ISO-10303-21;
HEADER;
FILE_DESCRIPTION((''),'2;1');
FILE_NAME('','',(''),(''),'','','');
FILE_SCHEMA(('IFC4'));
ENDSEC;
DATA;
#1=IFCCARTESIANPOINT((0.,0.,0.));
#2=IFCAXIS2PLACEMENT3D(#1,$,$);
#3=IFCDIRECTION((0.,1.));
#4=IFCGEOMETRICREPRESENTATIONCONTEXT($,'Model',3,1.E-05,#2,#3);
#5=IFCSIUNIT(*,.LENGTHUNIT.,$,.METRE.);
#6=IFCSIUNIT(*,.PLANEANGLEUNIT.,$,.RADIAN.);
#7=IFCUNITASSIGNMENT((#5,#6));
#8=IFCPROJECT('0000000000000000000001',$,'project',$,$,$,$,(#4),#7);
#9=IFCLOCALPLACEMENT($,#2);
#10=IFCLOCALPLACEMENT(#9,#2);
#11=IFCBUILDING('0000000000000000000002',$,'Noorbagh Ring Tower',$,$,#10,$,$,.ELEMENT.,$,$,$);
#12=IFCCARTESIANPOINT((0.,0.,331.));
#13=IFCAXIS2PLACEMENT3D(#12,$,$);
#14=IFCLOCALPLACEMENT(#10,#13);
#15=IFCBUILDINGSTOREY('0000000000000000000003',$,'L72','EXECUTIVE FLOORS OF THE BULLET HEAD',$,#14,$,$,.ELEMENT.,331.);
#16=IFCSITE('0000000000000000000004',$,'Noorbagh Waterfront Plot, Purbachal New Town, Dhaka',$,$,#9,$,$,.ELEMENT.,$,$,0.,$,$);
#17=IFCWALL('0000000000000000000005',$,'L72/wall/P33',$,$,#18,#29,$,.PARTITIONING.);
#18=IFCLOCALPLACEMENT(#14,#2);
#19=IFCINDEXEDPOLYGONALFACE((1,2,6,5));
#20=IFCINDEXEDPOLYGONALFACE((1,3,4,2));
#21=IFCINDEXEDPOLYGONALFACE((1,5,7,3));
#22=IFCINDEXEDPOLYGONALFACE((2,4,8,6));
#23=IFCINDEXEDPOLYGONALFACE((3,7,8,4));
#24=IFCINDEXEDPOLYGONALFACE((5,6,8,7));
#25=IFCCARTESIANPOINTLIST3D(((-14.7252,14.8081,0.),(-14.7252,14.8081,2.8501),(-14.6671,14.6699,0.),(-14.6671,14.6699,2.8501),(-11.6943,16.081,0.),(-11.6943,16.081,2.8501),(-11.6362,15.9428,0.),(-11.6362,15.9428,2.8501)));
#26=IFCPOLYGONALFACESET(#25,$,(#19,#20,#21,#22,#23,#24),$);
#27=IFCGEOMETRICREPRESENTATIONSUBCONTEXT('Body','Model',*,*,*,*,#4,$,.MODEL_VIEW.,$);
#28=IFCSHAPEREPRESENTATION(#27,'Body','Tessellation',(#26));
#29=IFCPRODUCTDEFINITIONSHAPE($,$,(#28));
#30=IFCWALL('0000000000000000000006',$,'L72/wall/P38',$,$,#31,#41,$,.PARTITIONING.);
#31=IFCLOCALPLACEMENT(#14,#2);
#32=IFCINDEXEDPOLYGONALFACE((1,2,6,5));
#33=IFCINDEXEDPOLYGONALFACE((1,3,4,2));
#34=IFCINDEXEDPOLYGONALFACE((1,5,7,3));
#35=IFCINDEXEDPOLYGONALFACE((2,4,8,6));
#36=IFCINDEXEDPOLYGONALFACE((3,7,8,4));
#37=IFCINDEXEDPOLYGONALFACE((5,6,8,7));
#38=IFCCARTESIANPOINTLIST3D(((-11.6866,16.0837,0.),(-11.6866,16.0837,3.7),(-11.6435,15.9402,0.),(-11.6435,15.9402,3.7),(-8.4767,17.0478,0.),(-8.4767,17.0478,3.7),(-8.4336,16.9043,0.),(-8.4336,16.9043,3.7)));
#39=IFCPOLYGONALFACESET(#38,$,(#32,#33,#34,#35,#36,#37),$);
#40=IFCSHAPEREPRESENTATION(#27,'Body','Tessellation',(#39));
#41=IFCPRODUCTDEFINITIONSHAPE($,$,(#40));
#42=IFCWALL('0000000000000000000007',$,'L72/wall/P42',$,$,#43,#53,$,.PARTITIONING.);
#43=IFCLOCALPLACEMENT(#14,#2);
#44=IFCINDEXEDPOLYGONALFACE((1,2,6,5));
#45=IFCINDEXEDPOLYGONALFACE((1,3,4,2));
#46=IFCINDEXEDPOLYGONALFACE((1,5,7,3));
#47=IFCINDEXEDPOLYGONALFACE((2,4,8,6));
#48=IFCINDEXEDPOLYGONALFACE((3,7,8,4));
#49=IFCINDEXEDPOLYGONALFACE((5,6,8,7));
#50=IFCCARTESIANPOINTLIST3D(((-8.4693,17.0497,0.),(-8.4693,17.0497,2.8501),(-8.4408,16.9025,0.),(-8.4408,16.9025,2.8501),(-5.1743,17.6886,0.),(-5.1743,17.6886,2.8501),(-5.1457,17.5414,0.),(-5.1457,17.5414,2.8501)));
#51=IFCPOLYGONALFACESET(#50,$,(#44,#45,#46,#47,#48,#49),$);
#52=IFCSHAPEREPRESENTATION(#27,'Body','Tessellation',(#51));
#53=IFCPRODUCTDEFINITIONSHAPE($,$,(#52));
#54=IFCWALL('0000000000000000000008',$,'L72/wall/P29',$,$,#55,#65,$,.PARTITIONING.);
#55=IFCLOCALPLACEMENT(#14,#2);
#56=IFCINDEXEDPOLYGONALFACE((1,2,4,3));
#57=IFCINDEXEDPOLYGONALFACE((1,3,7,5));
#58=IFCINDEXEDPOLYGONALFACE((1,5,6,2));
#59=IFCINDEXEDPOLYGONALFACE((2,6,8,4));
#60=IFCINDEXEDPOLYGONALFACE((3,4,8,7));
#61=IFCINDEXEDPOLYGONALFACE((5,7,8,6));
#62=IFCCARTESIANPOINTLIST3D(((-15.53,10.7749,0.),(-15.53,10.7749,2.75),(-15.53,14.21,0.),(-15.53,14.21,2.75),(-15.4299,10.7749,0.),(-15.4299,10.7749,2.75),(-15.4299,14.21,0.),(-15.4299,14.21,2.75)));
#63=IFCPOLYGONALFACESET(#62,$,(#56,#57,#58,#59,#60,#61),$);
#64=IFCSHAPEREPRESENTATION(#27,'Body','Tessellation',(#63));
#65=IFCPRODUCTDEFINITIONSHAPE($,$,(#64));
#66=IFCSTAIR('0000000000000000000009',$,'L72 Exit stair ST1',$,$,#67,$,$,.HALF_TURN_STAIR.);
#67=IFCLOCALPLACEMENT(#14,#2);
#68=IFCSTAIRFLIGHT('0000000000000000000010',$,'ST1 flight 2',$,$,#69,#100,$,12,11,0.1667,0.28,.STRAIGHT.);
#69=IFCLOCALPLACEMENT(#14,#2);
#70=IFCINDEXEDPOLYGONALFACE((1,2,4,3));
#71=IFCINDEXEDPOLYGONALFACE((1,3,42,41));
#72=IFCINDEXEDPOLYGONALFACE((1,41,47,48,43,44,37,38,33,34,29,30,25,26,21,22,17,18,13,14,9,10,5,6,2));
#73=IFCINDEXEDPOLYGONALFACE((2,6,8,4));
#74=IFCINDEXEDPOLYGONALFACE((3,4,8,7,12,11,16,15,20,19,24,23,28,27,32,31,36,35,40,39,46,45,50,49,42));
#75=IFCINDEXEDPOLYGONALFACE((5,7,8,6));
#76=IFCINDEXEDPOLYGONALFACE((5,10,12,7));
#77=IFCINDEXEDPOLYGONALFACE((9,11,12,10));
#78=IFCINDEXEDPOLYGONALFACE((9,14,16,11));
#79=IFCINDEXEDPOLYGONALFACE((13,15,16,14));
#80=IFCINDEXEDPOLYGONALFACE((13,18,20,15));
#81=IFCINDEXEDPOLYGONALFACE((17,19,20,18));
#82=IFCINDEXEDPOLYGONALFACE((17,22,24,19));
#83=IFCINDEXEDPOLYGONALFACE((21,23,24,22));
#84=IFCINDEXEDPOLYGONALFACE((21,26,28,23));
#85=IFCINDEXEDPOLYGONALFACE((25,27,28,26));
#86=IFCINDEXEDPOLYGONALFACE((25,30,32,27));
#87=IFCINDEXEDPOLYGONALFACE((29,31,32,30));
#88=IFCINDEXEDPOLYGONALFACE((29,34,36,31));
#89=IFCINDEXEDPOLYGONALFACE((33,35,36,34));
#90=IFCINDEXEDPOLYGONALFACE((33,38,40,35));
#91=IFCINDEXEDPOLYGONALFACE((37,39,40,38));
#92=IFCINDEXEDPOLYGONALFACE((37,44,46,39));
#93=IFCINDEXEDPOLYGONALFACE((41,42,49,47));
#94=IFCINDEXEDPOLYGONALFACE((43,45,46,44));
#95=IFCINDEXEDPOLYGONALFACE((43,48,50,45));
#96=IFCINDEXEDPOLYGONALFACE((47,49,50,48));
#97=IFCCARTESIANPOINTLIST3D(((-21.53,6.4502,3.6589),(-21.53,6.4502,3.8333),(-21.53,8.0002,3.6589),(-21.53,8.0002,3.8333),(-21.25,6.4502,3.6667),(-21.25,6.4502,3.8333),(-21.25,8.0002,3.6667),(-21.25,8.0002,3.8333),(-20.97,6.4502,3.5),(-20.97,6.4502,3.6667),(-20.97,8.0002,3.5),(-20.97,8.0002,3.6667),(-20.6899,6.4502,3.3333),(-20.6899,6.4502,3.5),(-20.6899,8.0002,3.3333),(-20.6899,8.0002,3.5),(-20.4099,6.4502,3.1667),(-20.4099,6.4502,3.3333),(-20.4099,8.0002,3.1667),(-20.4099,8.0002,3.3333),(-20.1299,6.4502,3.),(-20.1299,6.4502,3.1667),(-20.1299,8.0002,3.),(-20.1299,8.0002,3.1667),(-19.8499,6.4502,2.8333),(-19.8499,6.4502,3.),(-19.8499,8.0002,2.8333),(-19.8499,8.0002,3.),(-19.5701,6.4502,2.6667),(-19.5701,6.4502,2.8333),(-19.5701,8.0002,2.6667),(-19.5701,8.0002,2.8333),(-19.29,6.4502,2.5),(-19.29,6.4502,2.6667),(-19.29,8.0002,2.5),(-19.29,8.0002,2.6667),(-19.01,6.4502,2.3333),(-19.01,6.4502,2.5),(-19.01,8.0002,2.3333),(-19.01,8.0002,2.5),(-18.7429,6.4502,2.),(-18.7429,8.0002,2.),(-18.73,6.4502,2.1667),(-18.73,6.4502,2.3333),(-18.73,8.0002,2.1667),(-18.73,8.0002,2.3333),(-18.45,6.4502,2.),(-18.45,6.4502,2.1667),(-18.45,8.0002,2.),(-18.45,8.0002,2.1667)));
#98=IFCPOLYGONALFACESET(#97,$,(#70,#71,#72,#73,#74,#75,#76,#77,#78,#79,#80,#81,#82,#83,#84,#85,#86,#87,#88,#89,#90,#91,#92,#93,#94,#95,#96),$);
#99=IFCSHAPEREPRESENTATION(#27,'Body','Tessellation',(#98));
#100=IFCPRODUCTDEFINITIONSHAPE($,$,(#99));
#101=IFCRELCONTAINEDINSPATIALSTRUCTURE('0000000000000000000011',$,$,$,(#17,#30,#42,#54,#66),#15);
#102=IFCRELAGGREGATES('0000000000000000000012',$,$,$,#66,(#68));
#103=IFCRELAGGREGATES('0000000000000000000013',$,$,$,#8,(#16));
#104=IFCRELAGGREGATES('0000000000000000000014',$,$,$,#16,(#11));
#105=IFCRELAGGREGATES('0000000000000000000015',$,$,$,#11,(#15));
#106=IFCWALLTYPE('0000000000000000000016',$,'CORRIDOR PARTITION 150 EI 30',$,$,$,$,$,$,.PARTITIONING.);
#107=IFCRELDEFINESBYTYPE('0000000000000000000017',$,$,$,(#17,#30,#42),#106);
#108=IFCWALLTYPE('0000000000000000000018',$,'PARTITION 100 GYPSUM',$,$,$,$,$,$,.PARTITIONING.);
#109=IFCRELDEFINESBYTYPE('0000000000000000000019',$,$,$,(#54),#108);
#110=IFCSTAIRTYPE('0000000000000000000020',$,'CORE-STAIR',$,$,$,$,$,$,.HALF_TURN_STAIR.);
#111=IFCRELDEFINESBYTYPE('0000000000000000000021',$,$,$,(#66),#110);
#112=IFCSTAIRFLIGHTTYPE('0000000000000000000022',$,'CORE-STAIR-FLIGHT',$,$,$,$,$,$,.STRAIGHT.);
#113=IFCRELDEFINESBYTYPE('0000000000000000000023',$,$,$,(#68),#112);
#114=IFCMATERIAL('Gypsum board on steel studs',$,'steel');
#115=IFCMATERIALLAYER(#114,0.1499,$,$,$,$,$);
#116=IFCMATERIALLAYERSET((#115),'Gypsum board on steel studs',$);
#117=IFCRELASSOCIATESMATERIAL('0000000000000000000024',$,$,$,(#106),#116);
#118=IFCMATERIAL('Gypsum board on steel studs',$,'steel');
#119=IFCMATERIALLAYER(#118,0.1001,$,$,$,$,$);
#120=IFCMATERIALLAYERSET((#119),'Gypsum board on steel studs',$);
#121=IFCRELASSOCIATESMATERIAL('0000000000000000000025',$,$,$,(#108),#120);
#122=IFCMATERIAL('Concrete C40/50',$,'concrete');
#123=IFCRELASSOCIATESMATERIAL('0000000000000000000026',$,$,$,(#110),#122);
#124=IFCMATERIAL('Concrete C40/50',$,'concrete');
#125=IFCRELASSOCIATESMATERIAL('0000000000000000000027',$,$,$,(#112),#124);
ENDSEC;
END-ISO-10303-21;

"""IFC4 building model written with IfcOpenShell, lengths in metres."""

from ifc_helpers import new_model, si_unit, direction, frame, frame_2d, origin, place, context, subcontext, project, spatial, polyline, rectangle, outline, extrude, material, layer, layer_set, type_object, element, aggregate, save


model = new_model("IFC4")

# Units and contexts
model_context = context("Model", 3, precision=1e-05, world=origin(), true_north=direction((0.0, 1.0)))
body_context = subcontext(model_context, "Body", "Model", "MODEL_VIEW")
ifc_project = project(units=[si_unit("LENGTHUNIT", "METRE"), si_unit("PLANEANGLEUNIT", "RADIAN")], contexts=[model_context])

# Site, building, storey
site_placement = place(None, origin())
site = spatial("IfcSite", under=ifc_project, at=site_placement, Name="Noorbagh Waterfront Plot, Purbachal New Town, Dhaka", CompositionType="ELEMENT", RefElevation=0.0)
building_placement = place(site_placement, origin())
building = spatial("IfcBuilding", under=site, at=building_placement, Name="Noorbagh Ring Tower", CompositionType="ELEMENT")
storey_placement = place(building_placement, frame((0.0, 0.0, 331.0)))
storey = spatial("IfcBuildingStorey", under=building, at=storey_placement, Name="L72", Description="EXECUTIVE FLOORS OF THE BULLET HEAD", CompositionType="ELEMENT", Elevation=331.0)

# Shared definitions
ifc_material_1 = material(Name="Gypsum board on steel studs", Category="steel")
ifc_layer_1 = layer(ifc_material_1, 0.1499)
ifc_layer_set_1 = layer_set([ifc_layer_1], Name="Gypsum board on steel studs")
wall_type_1 = type_object("IfcWallType", Name="CORRIDOR PARTITION 150 EI 30", PredefinedType="PARTITIONING", material=ifc_layer_set_1)

# Walls
wall_1_placement = place(storey_placement, frame((-14.696, 14.739, 0.0), z_axis=(0.0, 0.0, 1.0), x_axis=(0.92199, 0.387214, 0.0)))
element("IfcWall", 1, at=wall_1_placement, inside=storey, type_object=wall_type_1, Name="L72/wall/P33", PredefinedType="PARTITIONING", context=body_context, shape_type="SweptSolid", body=[
    extrude(rectangle(XDim=3.2874, YDim=0.1499, at=frame_2d((1.6436, 0.0))), origin(), (0.0, 0.0, 1.0), 2.8501),
])
wall_2_placement = place(storey_placement, frame((-11.665, 16.012, 0.0), z_axis=(0.0, 0.0, 1.0), x_axis=(0.957734, 0.287655, 0.0)))
element("IfcWall", 2, at=wall_2_placement, inside=storey, type_object=wall_type_1, Name="L72/wall/P38", PredefinedType="PARTITIONING", context=body_context, shape_type="SweptSolid", body=[
    extrude(rectangle(XDim=3.3516, YDim=0.1499, at=frame_2d((1.6758, 0.0))), origin(), (0.0, 0.0, 1.0), 3.7),
])
wall_3_placement = place(storey_placement, frame((-8.4551, 16.9761, 0.0), z_axis=(0.0, 0.0, 1.0), x_axis=(0.981716, 0.19035, 0.0)))
element("IfcWall", 3, at=wall_3_placement, inside=storey, type_object=wall_type_1, Name="L72/wall/P42", PredefinedType="PARTITIONING", context=body_context, shape_type="SweptSolid", body=[
    extrude(rectangle(XDim=3.3564, YDim=0.1499, at=frame_2d((1.6782, 0.0))), origin(), (0.0, 0.0, 1.0), 2.8501),
])
ifc_material_2 = material(Name="Gypsum board on steel studs", Category="steel")
ifc_layer_2 = layer(ifc_material_2, 0.1001)
ifc_layer_set_2 = layer_set([ifc_layer_2], Name="Gypsum board on steel studs")
wall_type_2 = type_object("IfcWallType", Name="PARTITION 100 GYPSUM", PredefinedType="PARTITIONING", material=ifc_layer_set_2)
wall_4_placement = place(storey_placement, frame((-15.48, 10.7749, 0.0), z_axis=(0.0, 0.0, 1.0), x_axis=(0.0, 1.0, 0.0)))
element("IfcWall", 4, at=wall_4_placement, inside=storey, type_object=wall_type_2, Name="L72/wall/P29", PredefinedType="PARTITIONING", context=body_context, shape_type="SweptSolid", body=[
    extrude(rectangle(XDim=3.4351, YDim=0.1001, at=frame_2d((1.7175, 0.0))), origin(), (0.0, 0.0, 1.0), 2.75),
])

# Stair, stair flight
ifc_material_3 = material(Name="Concrete C40/50", Category="concrete")
stair_type = type_object("IfcStairType", Name="CORE-STAIR", PredefinedType="HALF_TURN_STAIR", material=ifc_material_3)
stair_placement = place(storey_placement, origin())
stair = element("IfcStair", 5, at=stair_placement, inside=storey, type_object=stair_type, Name="L72 Exit stair ST1", PredefinedType="HALF_TURN_STAIR")
ifc_material_4 = material(Name="Concrete C40/50", Category="concrete")
stair_flight_type = type_object("IfcStairFlightType", Name="CORE-STAIR-FLIGHT", PredefinedType="STRAIGHT", material=ifc_material_4)
stair_flight_placement = place(storey_placement, frame((-18.45, 7.2251, 2.0), z_axis=(0.0, 0.0, 1.0), x_axis=(-1.0, 0.0, 0.0)))
stair_flight = element("IfcStairFlight", 6, at=stair_flight_placement, type_object=stair_flight_type, Name="ST1 flight 2", NumberOfRisers=12, NumberOfTreads=11, PredefinedType="STRAIGHT", RiserHeight=0.1667, TreadLength=0.28, context=body_context, shape_type="SweptSolid", body=[
    extrude(outline(polyline([(0.0, 0.0), (0.0, 0.1667), (0.28, 0.1667), (0.28, 0.3333), (0.5601, 0.3333), (0.5601, 0.5), (0.8401, 0.5), (0.8401, 0.6667), (1.1201, 0.6667), (1.1201, 0.8333), (1.3999, 0.8333), (1.3999, 1.0), (1.6799, 1.0), (1.6799, 1.1667), (1.96, 1.1667), (1.96, 1.3333), (2.24, 1.3333), (2.24, 1.5), (2.52, 1.5), (2.52, 1.6667), (2.8, 1.6667), (2.8, 1.8333), (3.0801, 1.8333), (3.0801, 2.0), (3.0801, 1.6589), (0.293, 0.0), (0.0, 0.0)])), frame((0.0, 0.7749, 0.0), z_axis=(0.0, -1.0, 0.0), x_axis=(1.0, 0.0, 0.0)), (0.0, 0.0, 1.0), 1.55),
])
aggregate(stair, [stair_flight])

save(model, "model.ifc")
